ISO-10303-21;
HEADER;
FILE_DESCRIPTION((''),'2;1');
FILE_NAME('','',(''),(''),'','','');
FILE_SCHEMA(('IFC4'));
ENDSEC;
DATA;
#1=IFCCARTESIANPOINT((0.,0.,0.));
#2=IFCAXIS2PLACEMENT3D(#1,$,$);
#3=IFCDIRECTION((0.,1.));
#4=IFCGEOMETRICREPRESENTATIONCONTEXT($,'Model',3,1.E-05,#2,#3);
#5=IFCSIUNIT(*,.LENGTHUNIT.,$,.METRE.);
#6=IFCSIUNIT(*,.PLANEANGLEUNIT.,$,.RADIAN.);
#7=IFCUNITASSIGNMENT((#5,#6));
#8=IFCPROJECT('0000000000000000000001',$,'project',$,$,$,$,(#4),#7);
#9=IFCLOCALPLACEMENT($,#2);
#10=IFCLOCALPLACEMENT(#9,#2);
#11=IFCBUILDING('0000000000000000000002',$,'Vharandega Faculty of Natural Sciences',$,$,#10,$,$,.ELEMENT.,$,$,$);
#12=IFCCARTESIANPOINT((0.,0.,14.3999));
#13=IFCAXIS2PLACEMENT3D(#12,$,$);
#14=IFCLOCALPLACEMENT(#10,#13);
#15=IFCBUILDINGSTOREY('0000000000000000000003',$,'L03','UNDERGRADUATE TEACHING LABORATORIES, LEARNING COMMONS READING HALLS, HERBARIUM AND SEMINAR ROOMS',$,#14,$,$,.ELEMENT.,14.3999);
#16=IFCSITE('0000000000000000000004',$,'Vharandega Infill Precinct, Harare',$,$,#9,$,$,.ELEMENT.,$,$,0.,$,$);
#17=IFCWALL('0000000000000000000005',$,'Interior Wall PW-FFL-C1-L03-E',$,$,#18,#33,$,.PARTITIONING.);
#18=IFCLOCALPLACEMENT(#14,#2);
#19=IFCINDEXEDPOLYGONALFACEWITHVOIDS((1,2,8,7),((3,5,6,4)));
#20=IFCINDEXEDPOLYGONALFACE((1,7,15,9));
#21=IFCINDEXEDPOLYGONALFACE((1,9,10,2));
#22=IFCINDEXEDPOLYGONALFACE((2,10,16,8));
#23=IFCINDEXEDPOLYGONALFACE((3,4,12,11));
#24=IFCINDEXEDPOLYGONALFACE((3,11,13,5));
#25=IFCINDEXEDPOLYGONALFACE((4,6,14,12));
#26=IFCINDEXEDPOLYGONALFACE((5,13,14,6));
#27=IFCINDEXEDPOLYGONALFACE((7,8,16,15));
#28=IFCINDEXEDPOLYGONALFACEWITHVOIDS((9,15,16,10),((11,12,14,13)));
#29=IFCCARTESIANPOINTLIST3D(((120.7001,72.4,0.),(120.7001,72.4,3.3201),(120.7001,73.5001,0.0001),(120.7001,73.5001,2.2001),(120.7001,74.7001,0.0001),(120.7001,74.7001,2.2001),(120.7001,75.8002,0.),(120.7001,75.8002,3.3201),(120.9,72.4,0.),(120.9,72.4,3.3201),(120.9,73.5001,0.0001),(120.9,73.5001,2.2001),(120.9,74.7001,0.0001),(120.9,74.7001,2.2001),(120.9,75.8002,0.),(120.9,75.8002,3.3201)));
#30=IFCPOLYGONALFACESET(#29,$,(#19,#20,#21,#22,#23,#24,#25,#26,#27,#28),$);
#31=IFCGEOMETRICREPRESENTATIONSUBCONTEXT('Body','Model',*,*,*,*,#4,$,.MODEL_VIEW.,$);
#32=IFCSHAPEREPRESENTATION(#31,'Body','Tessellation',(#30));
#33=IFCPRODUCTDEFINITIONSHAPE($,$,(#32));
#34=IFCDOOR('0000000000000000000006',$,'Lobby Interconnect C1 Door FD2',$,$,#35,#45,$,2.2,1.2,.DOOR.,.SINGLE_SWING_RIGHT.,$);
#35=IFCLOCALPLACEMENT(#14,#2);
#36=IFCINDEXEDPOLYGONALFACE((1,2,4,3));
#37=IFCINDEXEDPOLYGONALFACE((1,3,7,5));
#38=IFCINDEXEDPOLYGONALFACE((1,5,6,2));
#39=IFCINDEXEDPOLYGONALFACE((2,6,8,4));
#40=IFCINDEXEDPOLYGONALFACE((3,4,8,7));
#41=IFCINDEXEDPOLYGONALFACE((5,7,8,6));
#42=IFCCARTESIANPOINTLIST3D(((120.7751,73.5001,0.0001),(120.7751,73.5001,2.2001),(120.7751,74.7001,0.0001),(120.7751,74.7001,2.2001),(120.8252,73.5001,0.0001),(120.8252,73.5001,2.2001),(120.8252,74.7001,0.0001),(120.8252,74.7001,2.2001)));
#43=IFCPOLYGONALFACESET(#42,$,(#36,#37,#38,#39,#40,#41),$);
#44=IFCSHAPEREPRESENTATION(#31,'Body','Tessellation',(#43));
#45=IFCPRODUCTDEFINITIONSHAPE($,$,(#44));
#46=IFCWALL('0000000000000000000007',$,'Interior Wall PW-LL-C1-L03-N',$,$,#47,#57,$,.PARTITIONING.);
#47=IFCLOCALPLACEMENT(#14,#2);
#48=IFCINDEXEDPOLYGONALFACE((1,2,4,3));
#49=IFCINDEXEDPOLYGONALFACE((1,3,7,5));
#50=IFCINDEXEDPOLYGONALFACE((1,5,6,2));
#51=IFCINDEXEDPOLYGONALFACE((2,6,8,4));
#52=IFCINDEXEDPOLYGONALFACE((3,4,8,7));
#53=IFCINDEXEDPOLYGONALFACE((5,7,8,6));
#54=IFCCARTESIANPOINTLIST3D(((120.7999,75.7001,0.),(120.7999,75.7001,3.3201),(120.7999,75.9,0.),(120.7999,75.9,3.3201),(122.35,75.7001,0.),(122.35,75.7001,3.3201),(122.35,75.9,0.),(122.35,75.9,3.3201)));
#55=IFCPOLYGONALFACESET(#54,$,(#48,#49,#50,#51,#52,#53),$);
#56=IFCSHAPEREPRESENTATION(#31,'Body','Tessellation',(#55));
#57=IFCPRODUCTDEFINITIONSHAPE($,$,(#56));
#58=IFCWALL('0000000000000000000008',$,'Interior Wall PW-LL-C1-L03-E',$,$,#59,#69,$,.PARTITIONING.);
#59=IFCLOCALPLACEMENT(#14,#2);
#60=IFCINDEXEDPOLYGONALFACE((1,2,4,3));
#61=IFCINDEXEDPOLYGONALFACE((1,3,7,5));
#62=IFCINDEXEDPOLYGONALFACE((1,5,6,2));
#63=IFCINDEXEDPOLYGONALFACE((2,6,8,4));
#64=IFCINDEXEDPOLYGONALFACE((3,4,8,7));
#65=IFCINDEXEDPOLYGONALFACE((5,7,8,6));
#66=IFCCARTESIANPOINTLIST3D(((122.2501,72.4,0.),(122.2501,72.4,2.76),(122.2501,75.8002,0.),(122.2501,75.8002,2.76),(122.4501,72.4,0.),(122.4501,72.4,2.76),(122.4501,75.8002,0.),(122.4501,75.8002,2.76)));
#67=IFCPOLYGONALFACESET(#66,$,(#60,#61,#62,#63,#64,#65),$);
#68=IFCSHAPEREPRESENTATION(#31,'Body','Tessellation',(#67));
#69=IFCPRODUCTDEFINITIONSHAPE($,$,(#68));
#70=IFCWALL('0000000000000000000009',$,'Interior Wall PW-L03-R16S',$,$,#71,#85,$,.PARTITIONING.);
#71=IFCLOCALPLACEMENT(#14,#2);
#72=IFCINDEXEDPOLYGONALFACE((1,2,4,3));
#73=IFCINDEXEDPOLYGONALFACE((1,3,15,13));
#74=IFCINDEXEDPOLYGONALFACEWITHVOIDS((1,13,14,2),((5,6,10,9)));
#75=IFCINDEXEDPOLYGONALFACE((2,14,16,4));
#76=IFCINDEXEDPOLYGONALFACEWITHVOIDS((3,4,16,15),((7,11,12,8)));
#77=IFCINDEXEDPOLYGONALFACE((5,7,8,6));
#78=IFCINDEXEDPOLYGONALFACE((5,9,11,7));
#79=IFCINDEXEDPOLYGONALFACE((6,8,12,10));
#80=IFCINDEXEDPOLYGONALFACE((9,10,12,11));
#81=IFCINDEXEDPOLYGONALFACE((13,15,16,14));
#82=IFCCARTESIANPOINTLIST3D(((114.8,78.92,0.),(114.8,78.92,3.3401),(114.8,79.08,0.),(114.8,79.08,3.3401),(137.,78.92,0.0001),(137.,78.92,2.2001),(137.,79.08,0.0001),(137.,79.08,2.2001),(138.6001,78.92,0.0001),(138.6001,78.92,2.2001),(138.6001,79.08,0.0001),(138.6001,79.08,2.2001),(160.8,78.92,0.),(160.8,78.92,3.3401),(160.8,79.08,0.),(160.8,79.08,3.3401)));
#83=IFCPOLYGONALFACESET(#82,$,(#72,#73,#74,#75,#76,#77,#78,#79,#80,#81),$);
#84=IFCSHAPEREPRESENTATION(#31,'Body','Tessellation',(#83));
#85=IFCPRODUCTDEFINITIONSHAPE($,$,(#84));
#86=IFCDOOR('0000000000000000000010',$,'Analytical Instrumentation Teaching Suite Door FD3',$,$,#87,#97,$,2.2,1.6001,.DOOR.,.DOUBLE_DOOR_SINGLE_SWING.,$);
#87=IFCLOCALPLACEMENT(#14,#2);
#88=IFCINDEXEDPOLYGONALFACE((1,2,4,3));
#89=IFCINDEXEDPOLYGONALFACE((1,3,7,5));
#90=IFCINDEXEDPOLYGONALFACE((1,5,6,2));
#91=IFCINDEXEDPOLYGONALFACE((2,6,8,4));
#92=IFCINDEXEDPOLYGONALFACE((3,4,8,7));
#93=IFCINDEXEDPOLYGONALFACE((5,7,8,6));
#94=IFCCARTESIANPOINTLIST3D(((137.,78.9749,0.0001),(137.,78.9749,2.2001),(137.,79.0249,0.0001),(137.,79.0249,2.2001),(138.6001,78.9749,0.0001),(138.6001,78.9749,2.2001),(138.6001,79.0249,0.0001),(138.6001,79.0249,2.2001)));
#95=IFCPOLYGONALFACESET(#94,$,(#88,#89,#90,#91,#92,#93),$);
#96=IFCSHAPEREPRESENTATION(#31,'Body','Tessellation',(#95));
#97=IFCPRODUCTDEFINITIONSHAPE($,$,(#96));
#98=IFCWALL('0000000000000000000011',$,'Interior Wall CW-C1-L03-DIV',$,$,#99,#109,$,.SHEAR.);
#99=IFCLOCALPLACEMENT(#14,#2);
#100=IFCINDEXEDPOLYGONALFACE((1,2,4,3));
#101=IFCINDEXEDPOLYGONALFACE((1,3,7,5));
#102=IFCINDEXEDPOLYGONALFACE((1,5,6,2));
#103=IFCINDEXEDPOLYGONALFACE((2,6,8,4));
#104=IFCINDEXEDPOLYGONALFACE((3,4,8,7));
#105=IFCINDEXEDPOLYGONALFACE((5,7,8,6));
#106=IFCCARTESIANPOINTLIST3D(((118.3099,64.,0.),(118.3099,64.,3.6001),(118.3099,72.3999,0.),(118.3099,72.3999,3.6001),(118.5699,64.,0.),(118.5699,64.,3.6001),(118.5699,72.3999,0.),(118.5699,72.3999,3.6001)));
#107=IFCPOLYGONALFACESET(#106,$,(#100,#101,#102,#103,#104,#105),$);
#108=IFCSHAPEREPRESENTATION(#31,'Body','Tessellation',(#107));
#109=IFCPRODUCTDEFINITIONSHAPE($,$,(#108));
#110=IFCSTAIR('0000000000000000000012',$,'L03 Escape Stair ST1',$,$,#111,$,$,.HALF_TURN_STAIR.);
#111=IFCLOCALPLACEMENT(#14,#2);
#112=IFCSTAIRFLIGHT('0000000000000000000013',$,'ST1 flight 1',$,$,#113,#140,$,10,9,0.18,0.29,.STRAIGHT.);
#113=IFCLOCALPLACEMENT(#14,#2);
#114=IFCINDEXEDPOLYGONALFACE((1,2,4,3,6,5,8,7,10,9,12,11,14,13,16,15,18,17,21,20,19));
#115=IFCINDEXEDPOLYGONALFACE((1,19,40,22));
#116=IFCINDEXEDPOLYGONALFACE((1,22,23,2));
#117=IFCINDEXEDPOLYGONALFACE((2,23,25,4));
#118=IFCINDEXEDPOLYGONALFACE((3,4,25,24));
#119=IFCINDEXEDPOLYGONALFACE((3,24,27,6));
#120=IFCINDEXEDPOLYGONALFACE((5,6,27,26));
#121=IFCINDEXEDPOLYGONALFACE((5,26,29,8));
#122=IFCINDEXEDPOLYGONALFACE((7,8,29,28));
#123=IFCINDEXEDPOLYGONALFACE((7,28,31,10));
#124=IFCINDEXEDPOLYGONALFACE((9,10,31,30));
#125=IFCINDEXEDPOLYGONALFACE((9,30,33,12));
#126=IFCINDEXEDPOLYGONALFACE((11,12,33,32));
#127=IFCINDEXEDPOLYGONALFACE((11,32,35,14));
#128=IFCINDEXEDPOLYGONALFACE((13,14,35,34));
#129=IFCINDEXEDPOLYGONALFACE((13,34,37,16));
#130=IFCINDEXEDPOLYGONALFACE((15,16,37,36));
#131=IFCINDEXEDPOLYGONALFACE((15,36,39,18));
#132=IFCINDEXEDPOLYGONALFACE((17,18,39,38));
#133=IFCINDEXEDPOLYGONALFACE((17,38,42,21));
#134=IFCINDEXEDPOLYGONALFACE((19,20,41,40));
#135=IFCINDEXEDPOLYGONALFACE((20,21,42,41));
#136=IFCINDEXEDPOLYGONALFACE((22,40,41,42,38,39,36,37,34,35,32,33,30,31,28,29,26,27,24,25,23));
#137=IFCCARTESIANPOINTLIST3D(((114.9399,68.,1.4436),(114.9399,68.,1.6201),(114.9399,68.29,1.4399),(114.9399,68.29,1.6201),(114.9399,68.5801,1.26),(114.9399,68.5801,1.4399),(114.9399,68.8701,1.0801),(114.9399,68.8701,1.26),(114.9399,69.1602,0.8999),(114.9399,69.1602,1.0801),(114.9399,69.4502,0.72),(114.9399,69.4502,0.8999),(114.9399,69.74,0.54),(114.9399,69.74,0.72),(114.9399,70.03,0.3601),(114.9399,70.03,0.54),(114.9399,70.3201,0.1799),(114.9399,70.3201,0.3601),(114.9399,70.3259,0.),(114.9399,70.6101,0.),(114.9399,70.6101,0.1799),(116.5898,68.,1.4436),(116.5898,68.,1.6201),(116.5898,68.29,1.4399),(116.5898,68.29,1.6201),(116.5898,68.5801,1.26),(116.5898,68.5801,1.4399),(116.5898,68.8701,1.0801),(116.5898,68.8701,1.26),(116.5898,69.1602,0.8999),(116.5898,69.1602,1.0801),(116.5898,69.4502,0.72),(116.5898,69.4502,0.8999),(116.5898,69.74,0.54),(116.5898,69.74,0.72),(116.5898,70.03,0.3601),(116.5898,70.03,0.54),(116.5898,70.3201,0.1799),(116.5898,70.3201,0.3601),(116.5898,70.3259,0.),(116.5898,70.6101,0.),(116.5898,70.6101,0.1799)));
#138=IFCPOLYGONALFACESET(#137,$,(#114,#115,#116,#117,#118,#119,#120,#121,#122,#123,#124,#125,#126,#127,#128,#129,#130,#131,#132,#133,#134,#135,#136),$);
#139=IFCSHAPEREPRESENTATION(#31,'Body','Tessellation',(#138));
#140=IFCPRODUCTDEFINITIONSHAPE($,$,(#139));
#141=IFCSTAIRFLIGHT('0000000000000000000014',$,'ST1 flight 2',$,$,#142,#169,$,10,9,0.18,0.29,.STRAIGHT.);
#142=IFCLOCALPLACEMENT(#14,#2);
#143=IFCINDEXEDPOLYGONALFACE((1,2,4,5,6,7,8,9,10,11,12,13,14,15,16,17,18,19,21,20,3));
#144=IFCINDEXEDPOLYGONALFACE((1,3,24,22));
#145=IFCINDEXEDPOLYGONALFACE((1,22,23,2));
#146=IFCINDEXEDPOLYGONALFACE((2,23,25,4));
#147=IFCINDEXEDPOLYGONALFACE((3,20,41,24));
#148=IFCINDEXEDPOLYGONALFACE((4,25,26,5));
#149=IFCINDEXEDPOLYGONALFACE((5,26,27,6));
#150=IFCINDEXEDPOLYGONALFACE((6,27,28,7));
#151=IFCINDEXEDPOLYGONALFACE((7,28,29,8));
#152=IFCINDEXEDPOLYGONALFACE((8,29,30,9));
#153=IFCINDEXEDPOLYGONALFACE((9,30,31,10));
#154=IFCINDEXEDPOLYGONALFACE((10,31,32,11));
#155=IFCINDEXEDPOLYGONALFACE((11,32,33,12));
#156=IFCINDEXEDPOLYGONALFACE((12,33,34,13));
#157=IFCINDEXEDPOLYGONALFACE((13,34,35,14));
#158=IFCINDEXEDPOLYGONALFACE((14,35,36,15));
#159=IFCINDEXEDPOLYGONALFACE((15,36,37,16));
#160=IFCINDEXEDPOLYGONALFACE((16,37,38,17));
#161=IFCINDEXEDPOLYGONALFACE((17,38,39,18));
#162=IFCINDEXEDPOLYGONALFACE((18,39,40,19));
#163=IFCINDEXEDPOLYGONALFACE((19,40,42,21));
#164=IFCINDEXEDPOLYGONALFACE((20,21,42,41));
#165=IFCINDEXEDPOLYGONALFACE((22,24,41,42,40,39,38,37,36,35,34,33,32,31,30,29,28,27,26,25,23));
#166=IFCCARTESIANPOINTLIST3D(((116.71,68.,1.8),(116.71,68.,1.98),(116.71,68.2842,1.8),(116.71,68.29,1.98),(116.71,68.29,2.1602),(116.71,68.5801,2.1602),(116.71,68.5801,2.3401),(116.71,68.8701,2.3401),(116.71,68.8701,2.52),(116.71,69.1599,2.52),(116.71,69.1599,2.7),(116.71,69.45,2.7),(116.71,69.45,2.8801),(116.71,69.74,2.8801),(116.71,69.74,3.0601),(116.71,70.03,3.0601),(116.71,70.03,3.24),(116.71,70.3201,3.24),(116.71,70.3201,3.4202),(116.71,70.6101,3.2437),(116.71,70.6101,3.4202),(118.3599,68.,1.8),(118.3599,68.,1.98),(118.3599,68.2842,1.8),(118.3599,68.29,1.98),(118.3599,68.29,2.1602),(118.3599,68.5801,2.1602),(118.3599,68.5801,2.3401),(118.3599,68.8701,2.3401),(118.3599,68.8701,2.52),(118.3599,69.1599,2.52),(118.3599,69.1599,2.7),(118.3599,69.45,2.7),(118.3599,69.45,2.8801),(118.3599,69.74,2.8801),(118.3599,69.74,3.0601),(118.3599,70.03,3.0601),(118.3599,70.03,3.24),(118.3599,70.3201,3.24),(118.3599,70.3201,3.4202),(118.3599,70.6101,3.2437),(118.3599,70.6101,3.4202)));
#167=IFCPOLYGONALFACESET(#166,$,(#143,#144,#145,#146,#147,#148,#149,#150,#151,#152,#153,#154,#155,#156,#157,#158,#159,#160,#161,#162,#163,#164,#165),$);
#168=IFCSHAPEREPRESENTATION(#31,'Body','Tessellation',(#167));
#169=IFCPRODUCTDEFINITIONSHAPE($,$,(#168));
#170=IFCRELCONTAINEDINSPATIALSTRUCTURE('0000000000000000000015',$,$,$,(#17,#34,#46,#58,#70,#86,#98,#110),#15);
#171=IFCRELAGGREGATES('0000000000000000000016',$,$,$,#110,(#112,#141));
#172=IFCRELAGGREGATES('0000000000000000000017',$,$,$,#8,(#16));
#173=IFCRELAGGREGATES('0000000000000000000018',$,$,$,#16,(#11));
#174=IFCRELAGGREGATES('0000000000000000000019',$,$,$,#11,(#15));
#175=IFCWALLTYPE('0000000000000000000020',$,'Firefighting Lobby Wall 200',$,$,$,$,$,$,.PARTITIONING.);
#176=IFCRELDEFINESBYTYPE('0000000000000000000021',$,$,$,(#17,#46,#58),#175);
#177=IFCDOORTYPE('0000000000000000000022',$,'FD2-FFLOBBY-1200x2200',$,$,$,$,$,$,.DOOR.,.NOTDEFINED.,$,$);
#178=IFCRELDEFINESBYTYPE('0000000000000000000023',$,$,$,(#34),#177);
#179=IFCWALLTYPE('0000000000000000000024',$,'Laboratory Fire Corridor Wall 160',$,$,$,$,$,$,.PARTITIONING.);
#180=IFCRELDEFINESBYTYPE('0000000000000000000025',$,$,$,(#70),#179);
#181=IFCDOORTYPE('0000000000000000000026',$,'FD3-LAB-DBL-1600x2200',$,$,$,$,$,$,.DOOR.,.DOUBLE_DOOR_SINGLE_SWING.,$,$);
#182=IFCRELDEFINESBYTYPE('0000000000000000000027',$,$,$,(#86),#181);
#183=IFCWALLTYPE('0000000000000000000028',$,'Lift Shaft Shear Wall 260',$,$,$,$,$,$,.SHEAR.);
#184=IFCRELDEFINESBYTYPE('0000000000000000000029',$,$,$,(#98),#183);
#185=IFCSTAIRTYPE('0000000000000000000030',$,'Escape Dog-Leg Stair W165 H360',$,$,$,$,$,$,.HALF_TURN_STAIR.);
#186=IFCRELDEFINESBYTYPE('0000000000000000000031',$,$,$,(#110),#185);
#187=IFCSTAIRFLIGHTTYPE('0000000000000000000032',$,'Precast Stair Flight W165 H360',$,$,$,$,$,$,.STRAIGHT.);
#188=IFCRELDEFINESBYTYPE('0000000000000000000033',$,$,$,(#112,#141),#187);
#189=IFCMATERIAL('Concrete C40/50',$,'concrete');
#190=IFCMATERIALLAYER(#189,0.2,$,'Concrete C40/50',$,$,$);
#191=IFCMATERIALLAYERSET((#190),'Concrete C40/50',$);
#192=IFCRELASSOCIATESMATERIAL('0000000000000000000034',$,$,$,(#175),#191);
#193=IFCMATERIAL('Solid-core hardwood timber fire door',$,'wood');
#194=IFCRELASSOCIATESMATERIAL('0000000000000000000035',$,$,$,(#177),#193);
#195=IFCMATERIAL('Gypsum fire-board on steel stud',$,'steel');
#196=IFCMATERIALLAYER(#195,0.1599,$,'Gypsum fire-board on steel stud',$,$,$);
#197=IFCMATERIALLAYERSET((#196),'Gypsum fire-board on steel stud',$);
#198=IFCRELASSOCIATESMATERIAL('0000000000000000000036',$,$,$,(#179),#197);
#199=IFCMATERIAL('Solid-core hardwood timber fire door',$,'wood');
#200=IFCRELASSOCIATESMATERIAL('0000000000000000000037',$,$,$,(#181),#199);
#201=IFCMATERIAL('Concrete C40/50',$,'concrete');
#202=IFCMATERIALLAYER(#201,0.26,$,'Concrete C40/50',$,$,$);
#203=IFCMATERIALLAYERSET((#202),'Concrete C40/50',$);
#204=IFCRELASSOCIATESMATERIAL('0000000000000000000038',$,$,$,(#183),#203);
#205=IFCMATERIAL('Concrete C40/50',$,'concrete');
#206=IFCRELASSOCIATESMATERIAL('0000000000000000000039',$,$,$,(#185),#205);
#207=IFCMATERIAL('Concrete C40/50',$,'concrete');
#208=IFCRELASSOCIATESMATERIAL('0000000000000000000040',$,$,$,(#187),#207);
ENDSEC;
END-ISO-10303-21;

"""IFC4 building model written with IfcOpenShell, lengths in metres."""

from ifc_helpers import new_model, si_unit, direction, frame, frame_2d, origin, place, context, subcontext, project, spatial, polyline, rectangle, outline, extrude, material, layer, layer_set, type_object, element, fill, aggregate, save


model = new_model("IFC4")

# Units and contexts
model_context = context("Model", 3, precision=1e-05, world=origin(), true_north=direction((0.0, 1.0)))
body_context = subcontext(model_context, "Body", "Model", "MODEL_VIEW")
ifc_project = project(units=[si_unit("LENGTHUNIT", "METRE"), si_unit("PLANEANGLEUNIT", "RADIAN")], contexts=[model_context])

# Site, building, storey
site_placement = place(None, origin())
site = spatial("IfcSite", under=ifc_project, at=site_placement, Name="Vharandega Infill Precinct, Harare", CompositionType="ELEMENT", RefElevation=0.0)
building_placement = place(site_placement, origin())
building = spatial("IfcBuilding", under=site, at=building_placement, Name="Vharandega Faculty of Natural Sciences", CompositionType="ELEMENT")
storey_placement = place(building_placement, frame((0.0, 0.0, 14.3999)))
storey = spatial("IfcBuildingStorey", under=building, at=storey_placement, Name="L03", Description="UNDERGRADUATE TEACHING LABORATORIES, LEARNING COMMONS READING HALLS, HERBARIUM AND SEMINAR ROOMS", CompositionType="ELEMENT", Elevation=14.3999)

# Shared definitions
ifc_material_1 = material(Name="Concrete C40/50", Category="concrete")
ifc_layer_1 = layer(ifc_material_1, 0.2, Name="Concrete C40/50")
ifc_layer_set_1 = layer_set([ifc_layer_1], Name="Concrete C40/50")
wall_type_1 = type_object("IfcWallType", Name="Firefighting Lobby Wall 200", PredefinedType="PARTITIONING", material=ifc_layer_set_1)
ifc_material_2 = material(Name="Solid-core hardwood timber fire door", Category="wood")
door_type_1 = type_object("IfcDoorType", Name="FD2-FFLOBBY-1200x2200", OperationType="NOTDEFINED", PredefinedType="DOOR", material=ifc_material_2)

# Wall, opening, door
wall_1_placement = place(storey_placement, frame((120.8, 72.3999, 0.0), z_axis=(0.0, 0.0, 1.0), x_axis=(0.0, 1.0, 0.0)))
wall_1 = element("IfcWall", 1, at=wall_1_placement, inside=storey, type_object=wall_type_1, Name="Interior Wall PW-FFL-C1-L03-E", PredefinedType="PARTITIONING", context=body_context, shape_type="SweptSolid", body=[
    extrude(rectangle(XDim=3.4001, YDim=0.2, at=frame_2d((1.7002, 0.0))), origin(), (0.0, 0.0, 1.0), 3.3201),
])
opening_1_placement = place(wall_1_placement, frame((1.1001, 0.0, 0.0)))
opening_1 = element("IfcOpeningElement", 2, at=opening_1_placement, cuts=wall_1, PredefinedType="OPENING", context=body_context, shape_type="SweptSolid", body=[
    extrude(rectangle(XDim=1.2, YDim=2.2, at=frame_2d((0.6001, 1.1001))), frame((0.0, 0.1099, 0.0), z_axis=(0.0, -1.0, 0.0), x_axis=(1.0, 0.0, 0.0)), (0.0, 0.0, 1.0), 0.22),
])
door_1_placement = place(opening_1_placement, origin())
door_1 = element("IfcDoor", 3, at=door_1_placement, inside=storey, type_object=door_type_1, Name="Lobby Interconnect C1 Door FD2", OperationType="SINGLE_SWING_RIGHT", OverallHeight=2.2, OverallWidth=1.2, PredefinedType="DOOR", context=body_context, shape_type="SweptSolid", body=[
    extrude(rectangle(XDim=1.2, YDim=2.2, at=frame_2d((0.6001, 1.1001))), frame((0.0, 0.0249, 0.0), z_axis=(0.0, -1.0, 0.0), x_axis=(1.0, 0.0, 0.0)), (0.0, 0.0, 1.0), 0.05),
])
fill(opening_1, door_1)

# Walls
wall_2_placement = place(storey_placement, frame((120.8, 75.8, 0.0), z_axis=(0.0, 0.0, 1.0), x_axis=(1.0, 0.0, 0.0)))
element("IfcWall", 4, at=wall_2_placement, inside=storey, type_object=wall_type_1, Name="Interior Wall PW-LL-C1-L03-N", PredefinedType="PARTITIONING", context=body_context, shape_type="SweptSolid", body=[
    extrude(rectangle(XDim=1.55, YDim=0.2, at=frame_2d((0.7749, 0.0))), origin(), (0.0, 0.0, 1.0), 3.3201),
])
wall_3_placement = place(storey_placement, frame((122.3501, 72.3999, 0.0), z_axis=(0.0, 0.0, 1.0), x_axis=(0.0, 1.0, 0.0)))
element("IfcWall", 5, at=wall_3_placement, inside=storey, type_object=wall_type_1, Name="Interior Wall PW-LL-C1-L03-E", PredefinedType="PARTITIONING", context=body_context, shape_type="SweptSolid", body=[
    extrude(rectangle(XDim=3.4001, YDim=0.2, at=frame_2d((1.7002, 0.0))), origin(), (0.0, 0.0, 1.0), 2.76),
])

# Wall, opening, door
ifc_material_3 = material(Name="Gypsum fire-board on steel stud", Category="steel")
ifc_layer_2 = layer(ifc_material_3, 0.1599, Name="Gypsum fire-board on steel stud")
ifc_layer_set_2 = layer_set([ifc_layer_2], Name="Gypsum fire-board on steel stud")
wall_type_2 = type_object("IfcWallType", Name="Laboratory Fire Corridor Wall 160", PredefinedType="PARTITIONING", material=ifc_layer_set_2)
wall_4_placement = place(storey_placement, frame((114.8, 79.0, 0.0), z_axis=(0.0, 0.0, 1.0), x_axis=(1.0, 0.0, 0.0)))
wall_4 = element("IfcWall", 6, at=wall_4_placement, inside=storey, type_object=wall_type_2, Name="Interior Wall PW-L03-R16S", PredefinedType="PARTITIONING", context=body_context, shape_type="SweptSolid", body=[
    extrude(rectangle(XDim=46.0, YDim=0.1599, at=frame_2d((23.0, 0.0))), origin(), (0.0, 0.0, 1.0), 3.3401),
])
opening_2_placement = place(wall_4_placement, frame((22.2, 0.0, 0.0)))
opening_2 = element("IfcOpeningElement", 7, at=opening_2_placement, cuts=wall_4, PredefinedType="OPENING", context=body_context, shape_type="SweptSolid", body=[
    extrude(rectangle(XDim=1.6001, YDim=2.2, at=frame_2d((0.8, 1.1001))), frame((0.0, 0.0898, 0.0), z_axis=(0.0, -1.0, 0.0), x_axis=(1.0, 0.0, 0.0)), (0.0, 0.0, 1.0), 0.1799),
])
ifc_material_4 = material(Name="Solid-core hardwood timber fire door", Category="wood")
door_type_2 = type_object("IfcDoorType", Name="FD3-LAB-DBL-1600x2200", OperationType="DOUBLE_DOOR_SINGLE_SWING", PredefinedType="DOOR", material=ifc_material_4)
door_2_placement = place(opening_2_placement, origin())
door_2 = element("IfcDoor", 8, at=door_2_placement, inside=storey, type_object=door_type_2, Name="Analytical Instrumentation Teaching Suite Door FD3", OperationType="DOUBLE_DOOR_SINGLE_SWING", OverallHeight=2.2, OverallWidth=1.6001, PredefinedType="DOOR", context=body_context, shape_type="SweptSolid", body=[
    extrude(rectangle(XDim=1.6001, YDim=2.2, at=frame_2d((0.8, 1.1001))), frame((0.0, 0.0249, 0.0), z_axis=(0.0, -1.0, 0.0), x_axis=(1.0, 0.0, 0.0)), (0.0, 0.0, 1.0), 0.05),
])
fill(opening_2, door_2)

# Wall
ifc_material_5 = material(Name="Concrete C40/50", Category="concrete")
ifc_layer_3 = layer(ifc_material_5, 0.26, Name="Concrete C40/50")
ifc_layer_set_3 = layer_set([ifc_layer_3], Name="Concrete C40/50")
wall_type_3 = type_object("IfcWallType", Name="Lift Shaft Shear Wall 260", PredefinedType="SHEAR", material=ifc_layer_set_3)
wall_5_placement = place(storey_placement, frame((118.4399, 64.0, 0.0), z_axis=(0.0, 0.0, 1.0), x_axis=(0.0, 1.0, 0.0)))
element("IfcWall", 9, at=wall_5_placement, inside=storey, type_object=wall_type_3, Name="Interior Wall CW-C1-L03-DIV", PredefinedType="SHEAR", context=body_context, shape_type="SweptSolid", body=[
    extrude(rectangle(XDim=8.3999, YDim=0.26, at=frame_2d((4.2, 0.0))), origin(), (0.0, 0.0, 1.0), 3.6001),
])

# Stair, stair flights
ifc_material_6 = material(Name="Concrete C40/50", Category="concrete")
stair_type = type_object("IfcStairType", Name="Escape Dog-Leg Stair W165 H360", PredefinedType="HALF_TURN_STAIR", material=ifc_material_6)
stair_placement = place(storey_placement, origin())
stair = element("IfcStair", 10, at=stair_placement, inside=storey, type_object=stair_type, Name="L03 Escape Stair ST1", PredefinedType="HALF_TURN_STAIR")
ifc_material_7 = material(Name="Concrete C40/50", Category="concrete")
stair_flight_type = type_object("IfcStairFlightType", Name="Precast Stair Flight W165 H360", PredefinedType="STRAIGHT", material=ifc_material_7)
stair_flight_1_placement = place(storey_placement, frame((115.7649, 70.6101, 0.0), z_axis=(0.0, 0.0, 1.0), x_axis=(0.0, -1.0, 0.0)))
stair_flight_1 = element("IfcStairFlight", 11, at=stair_flight_1_placement, type_object=stair_flight_type, Name="ST1 flight 1", NumberOfRisers=10, NumberOfTreads=9, PredefinedType="STRAIGHT", RiserHeight=0.18, TreadLength=0.29, context=body_context, shape_type="SweptSolid", body=[
    extrude(outline(polyline([(0.0, 0.0), (0.0, 0.1799), (0.29, 0.1799), (0.29, 0.3601), (0.5801, 0.3601), (0.5801, 0.54), (0.8701, 0.54), (0.8701, 0.72), (1.1599, 0.72), (1.1599, 0.8999), (1.45, 0.8999), (1.45, 1.0801), (1.74, 1.0801), (1.74, 1.26), (2.03, 1.26), (2.03, 1.4399), (2.3201, 1.4399), (2.3201, 1.6201), (2.6101, 1.6201), (2.6101, 1.8), (2.6101, 1.4436), (0.2842, 0.0), (0.0, 0.0)])), frame((0.0, 0.825, 0.0), z_axis=(0.0, -1.0, 0.0), x_axis=(1.0, 0.0, 0.0)), (0.0, 0.0, 1.0), 1.6499),
])
stair_flight_2_placement = place(storey_placement, frame((117.5349, 68.0, 1.8), z_axis=(0.0, 0.0, 1.0), x_axis=(0.0, 1.0, 0.0)))
stair_flight_2 = element("IfcStairFlight", 12, at=stair_flight_2_placement, type_object=stair_flight_type, Name="ST1 flight 2", NumberOfRisers=10, NumberOfTreads=9, PredefinedType="STRAIGHT", RiserHeight=0.18, TreadLength=0.29, context=body_context, shape_type="SweptSolid", body=[
    extrude(outline(polyline([(0.0, 0.0), (0.0, 0.1799), (0.29, 0.1799), (0.29, 0.3601), (0.5801, 0.3601), (0.5801, 0.54), (0.8701, 0.54), (0.8701, 0.72), (1.1599, 0.72), (1.1599, 0.8999), (1.45, 0.8999), (1.45, 1.0801), (1.74, 1.0801), (1.74, 1.26), (2.03, 1.26), (2.03, 1.4399), (2.3201, 1.4399), (2.3201, 1.6201), (2.6101, 1.6201), (2.6101, 1.8), (2.6101, 1.4436), (0.2842, 0.0), (0.0, 0.0)])), frame((0.0, 0.825, 0.0), z_axis=(0.0, -1.0, 0.0), x_axis=(1.0, 0.0, 0.0)), (0.0, 0.0, 1.0), 1.6499),
])
aggregate(stair, [stair_flight_1, stair_flight_2])

save(model, "model.ifc")
